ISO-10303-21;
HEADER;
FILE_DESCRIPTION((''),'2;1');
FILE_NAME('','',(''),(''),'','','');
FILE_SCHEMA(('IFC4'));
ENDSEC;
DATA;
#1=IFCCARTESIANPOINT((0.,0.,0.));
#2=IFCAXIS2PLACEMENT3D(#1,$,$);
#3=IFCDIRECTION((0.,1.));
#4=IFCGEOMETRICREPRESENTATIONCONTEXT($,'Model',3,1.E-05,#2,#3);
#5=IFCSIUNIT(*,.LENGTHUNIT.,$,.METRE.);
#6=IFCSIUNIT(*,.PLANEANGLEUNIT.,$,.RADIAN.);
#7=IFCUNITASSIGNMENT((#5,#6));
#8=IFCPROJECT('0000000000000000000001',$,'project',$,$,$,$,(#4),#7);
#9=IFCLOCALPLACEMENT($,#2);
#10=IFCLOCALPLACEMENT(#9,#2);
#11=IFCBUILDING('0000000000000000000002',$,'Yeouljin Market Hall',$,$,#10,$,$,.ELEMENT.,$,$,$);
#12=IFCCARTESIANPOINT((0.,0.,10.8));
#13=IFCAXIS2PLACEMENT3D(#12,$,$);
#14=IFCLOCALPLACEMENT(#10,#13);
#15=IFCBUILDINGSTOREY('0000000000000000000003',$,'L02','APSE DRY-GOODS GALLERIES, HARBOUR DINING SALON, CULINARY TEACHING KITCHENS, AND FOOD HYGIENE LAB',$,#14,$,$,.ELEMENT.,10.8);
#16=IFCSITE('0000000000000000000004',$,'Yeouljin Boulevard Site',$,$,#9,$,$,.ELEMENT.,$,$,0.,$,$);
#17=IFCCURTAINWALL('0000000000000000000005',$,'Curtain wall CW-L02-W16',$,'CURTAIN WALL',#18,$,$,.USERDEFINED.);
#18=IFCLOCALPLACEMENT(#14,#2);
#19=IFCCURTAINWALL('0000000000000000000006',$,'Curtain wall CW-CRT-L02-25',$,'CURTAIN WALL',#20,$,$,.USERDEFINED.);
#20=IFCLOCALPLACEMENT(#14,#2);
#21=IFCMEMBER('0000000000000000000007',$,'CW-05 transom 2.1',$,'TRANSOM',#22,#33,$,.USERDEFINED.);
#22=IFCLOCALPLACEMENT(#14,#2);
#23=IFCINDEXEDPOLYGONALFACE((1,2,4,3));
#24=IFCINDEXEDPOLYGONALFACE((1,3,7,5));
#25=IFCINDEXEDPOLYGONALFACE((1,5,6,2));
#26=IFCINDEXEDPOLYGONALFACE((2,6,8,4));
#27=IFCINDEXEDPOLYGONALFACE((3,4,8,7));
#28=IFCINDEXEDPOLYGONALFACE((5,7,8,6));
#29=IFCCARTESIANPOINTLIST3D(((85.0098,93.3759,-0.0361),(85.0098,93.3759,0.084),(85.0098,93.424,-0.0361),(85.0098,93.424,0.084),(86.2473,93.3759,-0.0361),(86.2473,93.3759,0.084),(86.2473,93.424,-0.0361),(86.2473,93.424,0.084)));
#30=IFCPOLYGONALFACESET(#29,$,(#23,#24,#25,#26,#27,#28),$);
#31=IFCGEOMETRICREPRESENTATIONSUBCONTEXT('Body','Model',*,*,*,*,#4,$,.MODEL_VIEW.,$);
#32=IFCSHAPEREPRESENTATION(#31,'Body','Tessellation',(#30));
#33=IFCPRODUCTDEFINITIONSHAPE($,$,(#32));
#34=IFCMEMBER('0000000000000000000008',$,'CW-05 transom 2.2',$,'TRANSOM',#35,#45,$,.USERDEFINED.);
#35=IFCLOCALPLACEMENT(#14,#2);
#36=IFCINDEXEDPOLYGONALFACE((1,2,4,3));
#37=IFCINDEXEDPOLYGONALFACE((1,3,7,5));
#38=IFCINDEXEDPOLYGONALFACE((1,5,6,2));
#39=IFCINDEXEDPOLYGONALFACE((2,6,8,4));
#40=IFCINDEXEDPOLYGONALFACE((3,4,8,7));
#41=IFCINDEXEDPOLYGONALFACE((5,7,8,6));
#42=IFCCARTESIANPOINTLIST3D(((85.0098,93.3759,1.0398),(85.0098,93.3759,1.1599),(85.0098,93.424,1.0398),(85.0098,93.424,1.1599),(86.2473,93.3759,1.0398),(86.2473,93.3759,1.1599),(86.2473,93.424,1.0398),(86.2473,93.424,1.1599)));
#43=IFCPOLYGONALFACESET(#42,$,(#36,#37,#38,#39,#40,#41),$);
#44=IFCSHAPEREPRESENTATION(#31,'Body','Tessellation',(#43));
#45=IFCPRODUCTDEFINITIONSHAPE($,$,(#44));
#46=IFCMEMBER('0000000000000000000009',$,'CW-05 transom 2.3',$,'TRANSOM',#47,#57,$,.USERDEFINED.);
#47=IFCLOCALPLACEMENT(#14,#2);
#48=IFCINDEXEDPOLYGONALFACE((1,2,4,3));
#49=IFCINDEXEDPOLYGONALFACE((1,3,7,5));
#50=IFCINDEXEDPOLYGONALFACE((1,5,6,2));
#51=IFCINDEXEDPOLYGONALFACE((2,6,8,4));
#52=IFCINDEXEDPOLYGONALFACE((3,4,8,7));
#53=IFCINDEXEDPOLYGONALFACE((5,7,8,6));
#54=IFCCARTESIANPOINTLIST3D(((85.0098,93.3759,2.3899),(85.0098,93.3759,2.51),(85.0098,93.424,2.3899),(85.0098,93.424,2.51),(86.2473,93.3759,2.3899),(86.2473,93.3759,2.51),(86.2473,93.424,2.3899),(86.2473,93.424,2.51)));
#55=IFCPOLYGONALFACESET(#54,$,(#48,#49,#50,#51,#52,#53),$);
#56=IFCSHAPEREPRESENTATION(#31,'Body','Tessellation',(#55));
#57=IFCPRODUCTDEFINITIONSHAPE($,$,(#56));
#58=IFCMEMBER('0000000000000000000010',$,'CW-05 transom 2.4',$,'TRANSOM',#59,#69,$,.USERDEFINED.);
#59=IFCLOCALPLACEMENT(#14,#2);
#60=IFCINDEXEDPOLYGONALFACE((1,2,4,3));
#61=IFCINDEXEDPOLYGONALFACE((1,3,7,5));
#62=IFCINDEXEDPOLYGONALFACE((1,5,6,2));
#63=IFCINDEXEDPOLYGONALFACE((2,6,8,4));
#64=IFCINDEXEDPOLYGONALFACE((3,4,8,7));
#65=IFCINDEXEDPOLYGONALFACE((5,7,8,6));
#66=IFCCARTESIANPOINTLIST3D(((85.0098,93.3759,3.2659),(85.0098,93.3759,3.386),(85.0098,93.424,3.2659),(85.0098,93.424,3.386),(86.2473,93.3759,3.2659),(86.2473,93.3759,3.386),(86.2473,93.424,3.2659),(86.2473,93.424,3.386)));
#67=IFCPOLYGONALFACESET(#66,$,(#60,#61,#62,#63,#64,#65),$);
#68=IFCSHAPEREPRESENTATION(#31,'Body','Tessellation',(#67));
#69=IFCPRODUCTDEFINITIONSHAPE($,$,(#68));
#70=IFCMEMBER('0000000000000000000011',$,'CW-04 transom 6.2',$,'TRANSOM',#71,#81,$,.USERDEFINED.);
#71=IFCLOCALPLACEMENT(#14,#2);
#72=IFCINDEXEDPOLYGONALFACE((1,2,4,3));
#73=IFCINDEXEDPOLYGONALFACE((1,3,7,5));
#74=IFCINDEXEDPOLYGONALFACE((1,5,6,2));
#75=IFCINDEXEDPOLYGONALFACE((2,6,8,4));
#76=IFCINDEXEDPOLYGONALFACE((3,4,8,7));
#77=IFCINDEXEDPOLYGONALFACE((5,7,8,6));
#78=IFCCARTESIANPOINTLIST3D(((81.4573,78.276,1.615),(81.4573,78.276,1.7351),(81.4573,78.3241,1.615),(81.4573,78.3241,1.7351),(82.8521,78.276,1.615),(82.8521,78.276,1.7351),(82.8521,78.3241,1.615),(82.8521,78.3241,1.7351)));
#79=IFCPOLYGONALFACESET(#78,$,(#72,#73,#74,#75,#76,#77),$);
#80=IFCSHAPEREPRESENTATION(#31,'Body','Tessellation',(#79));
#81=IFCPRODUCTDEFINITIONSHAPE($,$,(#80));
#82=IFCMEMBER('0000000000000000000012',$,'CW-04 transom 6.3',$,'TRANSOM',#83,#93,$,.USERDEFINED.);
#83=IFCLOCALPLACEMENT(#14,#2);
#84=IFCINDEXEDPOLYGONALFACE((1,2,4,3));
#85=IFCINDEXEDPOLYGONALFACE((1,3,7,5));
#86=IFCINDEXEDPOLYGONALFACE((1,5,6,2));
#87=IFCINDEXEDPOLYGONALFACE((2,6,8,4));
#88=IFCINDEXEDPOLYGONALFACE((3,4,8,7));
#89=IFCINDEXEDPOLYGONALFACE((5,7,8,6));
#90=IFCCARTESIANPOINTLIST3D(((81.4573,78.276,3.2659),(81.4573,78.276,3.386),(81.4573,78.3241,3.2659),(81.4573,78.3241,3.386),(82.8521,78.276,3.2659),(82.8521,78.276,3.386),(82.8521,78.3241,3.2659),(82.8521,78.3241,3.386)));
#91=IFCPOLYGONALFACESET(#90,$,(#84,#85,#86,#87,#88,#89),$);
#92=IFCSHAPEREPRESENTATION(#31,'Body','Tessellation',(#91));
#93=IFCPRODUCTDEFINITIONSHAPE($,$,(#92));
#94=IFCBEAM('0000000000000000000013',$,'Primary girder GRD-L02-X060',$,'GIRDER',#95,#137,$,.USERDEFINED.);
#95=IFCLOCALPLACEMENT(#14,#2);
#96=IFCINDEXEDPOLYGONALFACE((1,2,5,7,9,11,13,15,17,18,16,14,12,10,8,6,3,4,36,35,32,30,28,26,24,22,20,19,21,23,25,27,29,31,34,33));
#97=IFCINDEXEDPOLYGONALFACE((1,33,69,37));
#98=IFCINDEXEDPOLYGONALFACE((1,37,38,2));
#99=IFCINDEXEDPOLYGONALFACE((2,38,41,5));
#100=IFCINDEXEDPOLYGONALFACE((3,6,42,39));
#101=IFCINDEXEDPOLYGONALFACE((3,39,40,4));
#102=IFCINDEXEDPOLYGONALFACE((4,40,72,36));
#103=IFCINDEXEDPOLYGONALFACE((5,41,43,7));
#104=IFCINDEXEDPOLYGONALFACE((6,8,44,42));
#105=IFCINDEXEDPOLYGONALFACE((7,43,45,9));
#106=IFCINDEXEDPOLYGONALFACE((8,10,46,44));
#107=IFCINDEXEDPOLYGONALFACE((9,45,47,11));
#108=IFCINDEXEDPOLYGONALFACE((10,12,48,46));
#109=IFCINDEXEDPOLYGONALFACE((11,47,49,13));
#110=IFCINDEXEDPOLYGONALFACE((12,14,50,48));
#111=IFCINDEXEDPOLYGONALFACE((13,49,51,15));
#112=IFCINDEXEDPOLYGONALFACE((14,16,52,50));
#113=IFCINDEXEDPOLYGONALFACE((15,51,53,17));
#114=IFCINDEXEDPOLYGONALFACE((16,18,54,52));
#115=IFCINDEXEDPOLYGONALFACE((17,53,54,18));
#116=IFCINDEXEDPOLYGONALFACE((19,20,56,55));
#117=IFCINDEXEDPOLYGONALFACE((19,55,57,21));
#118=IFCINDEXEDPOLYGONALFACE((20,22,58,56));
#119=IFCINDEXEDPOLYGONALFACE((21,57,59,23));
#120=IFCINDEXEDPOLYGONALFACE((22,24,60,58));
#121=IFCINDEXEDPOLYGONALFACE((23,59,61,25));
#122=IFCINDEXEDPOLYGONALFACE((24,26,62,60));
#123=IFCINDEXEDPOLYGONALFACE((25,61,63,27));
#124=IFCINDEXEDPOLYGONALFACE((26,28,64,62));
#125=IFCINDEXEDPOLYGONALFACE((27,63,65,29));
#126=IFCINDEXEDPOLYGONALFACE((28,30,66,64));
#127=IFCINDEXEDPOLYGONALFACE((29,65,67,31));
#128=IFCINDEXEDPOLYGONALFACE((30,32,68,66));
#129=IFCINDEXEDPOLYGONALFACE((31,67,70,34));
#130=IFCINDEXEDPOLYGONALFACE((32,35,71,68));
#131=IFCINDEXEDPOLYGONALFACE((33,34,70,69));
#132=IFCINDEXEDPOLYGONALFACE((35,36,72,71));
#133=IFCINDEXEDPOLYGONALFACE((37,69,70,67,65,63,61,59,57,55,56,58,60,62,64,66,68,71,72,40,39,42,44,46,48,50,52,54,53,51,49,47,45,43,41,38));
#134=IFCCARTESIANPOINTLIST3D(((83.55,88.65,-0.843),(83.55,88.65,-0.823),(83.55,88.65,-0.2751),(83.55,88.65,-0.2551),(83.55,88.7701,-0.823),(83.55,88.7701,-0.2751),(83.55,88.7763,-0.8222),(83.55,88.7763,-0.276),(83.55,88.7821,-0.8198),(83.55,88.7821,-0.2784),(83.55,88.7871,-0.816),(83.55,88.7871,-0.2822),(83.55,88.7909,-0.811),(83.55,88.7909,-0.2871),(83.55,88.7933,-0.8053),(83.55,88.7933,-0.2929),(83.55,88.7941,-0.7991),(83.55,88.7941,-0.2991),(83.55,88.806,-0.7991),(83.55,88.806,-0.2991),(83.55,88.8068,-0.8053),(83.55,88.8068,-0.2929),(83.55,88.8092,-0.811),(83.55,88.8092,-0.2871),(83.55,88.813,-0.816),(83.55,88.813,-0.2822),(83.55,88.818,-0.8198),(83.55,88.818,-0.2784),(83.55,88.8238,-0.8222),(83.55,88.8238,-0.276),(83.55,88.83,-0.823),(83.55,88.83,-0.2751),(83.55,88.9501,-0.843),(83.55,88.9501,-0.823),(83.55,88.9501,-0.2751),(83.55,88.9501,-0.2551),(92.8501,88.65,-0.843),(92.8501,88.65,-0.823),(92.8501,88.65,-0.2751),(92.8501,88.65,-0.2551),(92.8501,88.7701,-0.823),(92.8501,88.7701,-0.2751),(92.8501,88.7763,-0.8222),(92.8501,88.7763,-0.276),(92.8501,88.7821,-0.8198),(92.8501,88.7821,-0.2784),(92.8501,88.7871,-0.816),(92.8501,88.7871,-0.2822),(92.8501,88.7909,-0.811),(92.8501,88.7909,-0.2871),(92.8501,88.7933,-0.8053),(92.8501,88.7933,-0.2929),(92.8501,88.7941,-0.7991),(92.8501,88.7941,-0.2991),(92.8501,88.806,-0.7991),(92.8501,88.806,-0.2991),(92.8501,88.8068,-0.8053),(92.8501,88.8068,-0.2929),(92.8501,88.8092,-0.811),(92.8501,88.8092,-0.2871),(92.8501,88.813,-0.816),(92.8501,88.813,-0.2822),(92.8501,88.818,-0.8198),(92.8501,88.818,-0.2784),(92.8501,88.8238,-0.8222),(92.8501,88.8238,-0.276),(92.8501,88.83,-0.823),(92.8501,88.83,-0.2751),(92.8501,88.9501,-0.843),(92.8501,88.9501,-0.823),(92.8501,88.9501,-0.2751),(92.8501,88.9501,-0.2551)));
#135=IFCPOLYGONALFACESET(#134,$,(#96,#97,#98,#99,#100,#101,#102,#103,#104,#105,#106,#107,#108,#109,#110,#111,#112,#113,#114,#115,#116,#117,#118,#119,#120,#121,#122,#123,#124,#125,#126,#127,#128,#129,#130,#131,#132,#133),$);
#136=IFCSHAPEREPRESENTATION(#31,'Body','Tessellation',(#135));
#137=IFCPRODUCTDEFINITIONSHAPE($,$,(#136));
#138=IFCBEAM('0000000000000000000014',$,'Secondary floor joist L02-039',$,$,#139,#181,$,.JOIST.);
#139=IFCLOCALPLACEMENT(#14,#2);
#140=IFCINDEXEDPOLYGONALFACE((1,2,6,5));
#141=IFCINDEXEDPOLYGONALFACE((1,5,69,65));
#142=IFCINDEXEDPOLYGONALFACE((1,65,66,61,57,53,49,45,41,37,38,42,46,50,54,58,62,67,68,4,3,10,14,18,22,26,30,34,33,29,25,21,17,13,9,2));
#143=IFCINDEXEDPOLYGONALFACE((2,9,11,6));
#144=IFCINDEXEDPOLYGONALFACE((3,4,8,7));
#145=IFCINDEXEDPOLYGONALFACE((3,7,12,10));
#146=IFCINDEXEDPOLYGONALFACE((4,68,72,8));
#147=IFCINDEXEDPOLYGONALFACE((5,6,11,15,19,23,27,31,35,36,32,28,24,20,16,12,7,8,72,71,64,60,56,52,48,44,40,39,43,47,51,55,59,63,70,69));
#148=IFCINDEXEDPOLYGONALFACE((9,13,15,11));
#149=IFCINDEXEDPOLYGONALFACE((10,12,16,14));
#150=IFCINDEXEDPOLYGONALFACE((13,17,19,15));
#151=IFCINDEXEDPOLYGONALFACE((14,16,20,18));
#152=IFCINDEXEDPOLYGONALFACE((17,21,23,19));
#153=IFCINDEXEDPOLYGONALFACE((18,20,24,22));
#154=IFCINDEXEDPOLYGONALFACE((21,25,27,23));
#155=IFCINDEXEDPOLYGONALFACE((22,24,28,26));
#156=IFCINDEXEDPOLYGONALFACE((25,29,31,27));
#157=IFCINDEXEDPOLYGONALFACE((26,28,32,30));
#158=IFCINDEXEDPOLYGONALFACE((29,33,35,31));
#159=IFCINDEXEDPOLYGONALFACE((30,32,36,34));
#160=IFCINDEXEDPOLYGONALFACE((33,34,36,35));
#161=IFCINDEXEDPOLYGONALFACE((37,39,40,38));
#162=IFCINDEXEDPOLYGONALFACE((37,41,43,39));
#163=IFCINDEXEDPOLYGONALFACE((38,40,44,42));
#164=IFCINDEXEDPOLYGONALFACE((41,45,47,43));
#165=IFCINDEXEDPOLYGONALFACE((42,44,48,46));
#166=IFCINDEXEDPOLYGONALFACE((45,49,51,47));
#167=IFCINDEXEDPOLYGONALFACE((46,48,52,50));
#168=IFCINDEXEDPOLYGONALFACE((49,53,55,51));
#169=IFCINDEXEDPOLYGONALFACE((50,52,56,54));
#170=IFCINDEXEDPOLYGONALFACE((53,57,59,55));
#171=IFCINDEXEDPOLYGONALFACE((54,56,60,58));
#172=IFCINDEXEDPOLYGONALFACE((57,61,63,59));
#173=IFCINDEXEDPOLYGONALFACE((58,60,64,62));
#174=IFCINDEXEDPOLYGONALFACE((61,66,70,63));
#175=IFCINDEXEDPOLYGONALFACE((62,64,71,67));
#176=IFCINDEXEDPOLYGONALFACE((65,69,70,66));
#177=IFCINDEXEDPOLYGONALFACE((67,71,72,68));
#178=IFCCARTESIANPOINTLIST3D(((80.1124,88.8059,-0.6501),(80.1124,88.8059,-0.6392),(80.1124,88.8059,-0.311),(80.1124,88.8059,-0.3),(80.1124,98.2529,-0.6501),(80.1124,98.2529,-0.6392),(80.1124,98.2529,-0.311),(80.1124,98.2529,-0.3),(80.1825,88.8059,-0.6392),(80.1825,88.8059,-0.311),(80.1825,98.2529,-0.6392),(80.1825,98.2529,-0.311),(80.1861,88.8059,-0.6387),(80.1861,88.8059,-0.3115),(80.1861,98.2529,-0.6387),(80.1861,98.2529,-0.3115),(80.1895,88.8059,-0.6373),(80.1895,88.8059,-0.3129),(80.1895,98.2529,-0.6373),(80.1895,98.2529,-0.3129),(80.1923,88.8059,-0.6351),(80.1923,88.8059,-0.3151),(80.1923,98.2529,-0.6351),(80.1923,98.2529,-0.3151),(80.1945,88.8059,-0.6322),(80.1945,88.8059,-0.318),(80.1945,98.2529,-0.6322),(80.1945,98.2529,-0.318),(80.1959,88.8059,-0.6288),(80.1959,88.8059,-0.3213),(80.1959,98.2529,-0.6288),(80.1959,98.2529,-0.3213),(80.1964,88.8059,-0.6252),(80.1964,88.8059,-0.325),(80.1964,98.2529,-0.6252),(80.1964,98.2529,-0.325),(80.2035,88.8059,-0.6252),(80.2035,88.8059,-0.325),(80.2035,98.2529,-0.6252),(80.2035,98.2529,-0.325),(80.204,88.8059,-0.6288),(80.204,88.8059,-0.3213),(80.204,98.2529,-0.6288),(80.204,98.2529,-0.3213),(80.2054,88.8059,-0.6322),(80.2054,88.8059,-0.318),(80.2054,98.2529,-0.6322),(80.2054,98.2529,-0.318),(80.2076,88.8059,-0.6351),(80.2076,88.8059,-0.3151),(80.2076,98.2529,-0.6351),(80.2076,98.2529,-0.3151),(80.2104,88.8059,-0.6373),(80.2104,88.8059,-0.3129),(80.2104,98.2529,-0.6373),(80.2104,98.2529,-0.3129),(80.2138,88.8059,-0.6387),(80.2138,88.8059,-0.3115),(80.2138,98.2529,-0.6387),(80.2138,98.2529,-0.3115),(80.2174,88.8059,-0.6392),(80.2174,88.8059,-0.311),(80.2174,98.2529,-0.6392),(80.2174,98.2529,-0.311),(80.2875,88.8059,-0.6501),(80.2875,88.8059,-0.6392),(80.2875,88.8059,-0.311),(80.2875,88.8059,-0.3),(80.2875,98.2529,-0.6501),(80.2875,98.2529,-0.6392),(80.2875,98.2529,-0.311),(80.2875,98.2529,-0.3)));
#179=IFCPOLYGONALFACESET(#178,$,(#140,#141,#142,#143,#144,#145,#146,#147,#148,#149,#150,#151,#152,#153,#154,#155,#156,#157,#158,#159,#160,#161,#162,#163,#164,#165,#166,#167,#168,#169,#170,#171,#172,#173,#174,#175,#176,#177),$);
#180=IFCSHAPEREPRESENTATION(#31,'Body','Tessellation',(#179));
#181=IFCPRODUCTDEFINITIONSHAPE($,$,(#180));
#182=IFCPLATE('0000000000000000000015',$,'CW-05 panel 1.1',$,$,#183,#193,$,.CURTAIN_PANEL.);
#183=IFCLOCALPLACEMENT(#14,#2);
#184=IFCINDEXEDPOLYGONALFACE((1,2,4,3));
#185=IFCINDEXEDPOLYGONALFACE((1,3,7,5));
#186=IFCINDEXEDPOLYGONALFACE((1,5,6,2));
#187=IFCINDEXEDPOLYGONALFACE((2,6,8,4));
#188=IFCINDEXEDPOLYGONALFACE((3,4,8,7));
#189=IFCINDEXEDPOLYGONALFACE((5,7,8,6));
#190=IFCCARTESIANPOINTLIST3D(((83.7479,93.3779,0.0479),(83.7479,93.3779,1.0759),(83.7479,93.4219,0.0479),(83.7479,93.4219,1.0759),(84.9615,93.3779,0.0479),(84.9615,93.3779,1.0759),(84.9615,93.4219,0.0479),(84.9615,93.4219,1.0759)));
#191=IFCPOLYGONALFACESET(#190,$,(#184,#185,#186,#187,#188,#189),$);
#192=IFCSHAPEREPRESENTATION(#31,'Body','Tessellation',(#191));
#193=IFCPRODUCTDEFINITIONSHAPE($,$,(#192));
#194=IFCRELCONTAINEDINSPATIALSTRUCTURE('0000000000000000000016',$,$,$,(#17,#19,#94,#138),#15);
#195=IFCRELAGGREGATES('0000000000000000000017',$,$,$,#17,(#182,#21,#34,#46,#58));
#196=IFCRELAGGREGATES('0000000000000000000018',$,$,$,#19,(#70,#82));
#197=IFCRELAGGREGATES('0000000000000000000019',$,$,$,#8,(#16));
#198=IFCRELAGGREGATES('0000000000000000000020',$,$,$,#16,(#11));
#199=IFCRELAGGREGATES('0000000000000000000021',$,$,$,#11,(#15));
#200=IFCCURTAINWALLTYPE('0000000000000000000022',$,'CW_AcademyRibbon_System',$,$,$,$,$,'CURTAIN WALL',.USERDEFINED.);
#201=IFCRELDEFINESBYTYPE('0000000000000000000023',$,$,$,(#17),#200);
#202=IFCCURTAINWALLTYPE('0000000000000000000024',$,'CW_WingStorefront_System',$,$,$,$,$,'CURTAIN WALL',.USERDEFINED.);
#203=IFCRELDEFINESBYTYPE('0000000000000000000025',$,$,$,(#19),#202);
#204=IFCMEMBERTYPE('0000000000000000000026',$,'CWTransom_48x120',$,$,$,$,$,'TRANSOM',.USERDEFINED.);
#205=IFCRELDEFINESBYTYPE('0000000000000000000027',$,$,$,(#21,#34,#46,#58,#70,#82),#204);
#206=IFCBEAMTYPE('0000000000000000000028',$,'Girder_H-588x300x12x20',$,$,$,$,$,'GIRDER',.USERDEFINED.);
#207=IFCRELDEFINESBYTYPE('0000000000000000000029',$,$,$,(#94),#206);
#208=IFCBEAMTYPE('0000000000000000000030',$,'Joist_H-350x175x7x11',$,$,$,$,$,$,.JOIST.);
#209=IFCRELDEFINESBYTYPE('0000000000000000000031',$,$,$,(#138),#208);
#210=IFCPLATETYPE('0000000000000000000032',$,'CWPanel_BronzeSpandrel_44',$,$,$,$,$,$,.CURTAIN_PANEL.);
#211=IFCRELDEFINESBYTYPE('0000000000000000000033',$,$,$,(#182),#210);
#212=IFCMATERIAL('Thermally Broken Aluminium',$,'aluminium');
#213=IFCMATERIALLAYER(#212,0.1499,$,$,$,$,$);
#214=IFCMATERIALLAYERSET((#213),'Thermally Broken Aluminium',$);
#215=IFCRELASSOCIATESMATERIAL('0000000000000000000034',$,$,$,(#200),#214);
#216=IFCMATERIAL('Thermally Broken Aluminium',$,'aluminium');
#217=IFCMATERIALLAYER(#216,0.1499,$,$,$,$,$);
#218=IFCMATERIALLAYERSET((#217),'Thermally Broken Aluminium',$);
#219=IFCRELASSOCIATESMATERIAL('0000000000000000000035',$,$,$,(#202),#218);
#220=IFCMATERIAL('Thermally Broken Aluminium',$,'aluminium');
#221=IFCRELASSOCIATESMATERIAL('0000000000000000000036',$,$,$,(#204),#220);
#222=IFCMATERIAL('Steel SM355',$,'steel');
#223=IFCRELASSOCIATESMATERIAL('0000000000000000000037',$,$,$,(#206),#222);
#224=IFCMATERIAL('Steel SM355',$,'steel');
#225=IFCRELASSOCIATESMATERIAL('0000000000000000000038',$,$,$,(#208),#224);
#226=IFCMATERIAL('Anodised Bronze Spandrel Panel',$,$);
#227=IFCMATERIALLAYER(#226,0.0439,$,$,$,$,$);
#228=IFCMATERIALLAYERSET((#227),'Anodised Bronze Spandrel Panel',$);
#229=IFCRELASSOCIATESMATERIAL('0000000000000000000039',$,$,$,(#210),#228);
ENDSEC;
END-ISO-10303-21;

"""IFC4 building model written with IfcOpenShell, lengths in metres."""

from ifc_helpers import new_model, si_unit, direction, frame, origin, origin_2d, place, context, subcontext, project, spatial, rectangle, i_section, extrude, material, layer, layer_set, material_profile, profile_set, type_object, element, aggregate, save


model = new_model("IFC4")

# Units and contexts
model_context = context("Model", 3, precision=1e-05, world=origin(), true_north=direction((0.0, 1.0)))
body_context = subcontext(model_context, "Body", "Model", "MODEL_VIEW")
ifc_project = project(units=[si_unit("LENGTHUNIT", "METRE"), si_unit("PLANEANGLEUNIT", "RADIAN")], contexts=[model_context])

# Site, building, storey
site_placement = place(None, origin())
site = spatial("IfcSite", under=ifc_project, at=site_placement, Name="Yeouljin Boulevard Site", CompositionType="ELEMENT", RefElevation=0.0)
building_placement = place(site_placement, origin())
building = spatial("IfcBuilding", under=site, at=building_placement, Name="Yeouljin Market Hall", CompositionType="ELEMENT")
storey_placement = place(building_placement, frame((0.0, 0.0, 10.8)))
storey = spatial("IfcBuildingStorey", under=building, at=storey_placement, Name="L02", Description="APSE DRY-GOODS GALLERIES, HARBOUR DINING SALON, CULINARY TEACHING KITCHENS, AND FOOD HYGIENE LAB", CompositionType="ELEMENT", Elevation=10.8)

# Curtain wall
ifc_material_1 = material(Name="Thermally Broken Aluminium", Category="aluminium")
ifc_layer_1 = layer(ifc_material_1, 0.1499)
ifc_layer_set_1 = layer_set([ifc_layer_1], Name="Thermally Broken Aluminium")
curtain_wall_type_1 = type_object("IfcCurtainWallType", Name="CW_AcademyRibbon_System", ElementType="CURTAIN WALL", PredefinedType="USERDEFINED", material=ifc_layer_set_1)
curtain_wall_1_placement = place(storey_placement, origin())
curtain_wall_1 = element("IfcCurtainWall", 1, at=curtain_wall_1_placement, inside=storey, type_object=curtain_wall_type_1, Name="Curtain wall CW-L02-W16", ObjectType="CURTAIN WALL", PredefinedType="USERDEFINED")

# Curtain wall
ifc_material_2 = material(Name="Thermally Broken Aluminium", Category="aluminium")
ifc_layer_2 = layer(ifc_material_2, 0.1499)
ifc_layer_set_2 = layer_set([ifc_layer_2], Name="Thermally Broken Aluminium")
curtain_wall_type_2 = type_object("IfcCurtainWallType", Name="CW_WingStorefront_System", ElementType="CURTAIN WALL", PredefinedType="USERDEFINED", material=ifc_layer_set_2)
curtain_wall_2_placement = place(storey_placement, origin())
curtain_wall_2 = element("IfcCurtainWall", 2, at=curtain_wall_2_placement, inside=storey, type_object=curtain_wall_type_2, Name="Curtain wall CW-CRT-L02-25", ObjectType="CURTAIN WALL", PredefinedType="USERDEFINED")

# Members
ifc_material_3 = material(Name="Thermally Broken Aluminium", Category="aluminium")
ifc_material_profile_1 = material_profile(ifc_material_3, rectangle(XDim=0.0481, YDim=0.1201, at=origin_2d()), Name="CW-TRAN-48x120")
ifc_profile_set_1 = profile_set([ifc_material_profile_1], Name="Thermally Broken Aluminium")
member_type_1 = type_object("IfcMemberType", Name="CWTransom_48x120", ElementType="TRANSOM", PredefinedType="USERDEFINED", material=ifc_profile_set_1)
member_1_placement = place(storey_placement, frame((85.0098, 93.3999, 0.0239), z_axis=(1.0, 0.0, 0.0), x_axis=(0.0, 1.0, 0.0)))
member_1 = element("IfcMember", 3, at=member_1_placement, type_object=member_type_1, Name="CW-05 transom 2.1", ObjectType="TRANSOM", PredefinedType="USERDEFINED", context=body_context, shape_type="SweptSolid", body=[
    extrude(rectangle(XDim=0.0481, YDim=0.1201, at=origin_2d()), origin(), (0.0, 0.0, 1.0), 1.2375),
])
member_2_placement = place(storey_placement, frame((85.0098, 93.3999, 1.0999), z_axis=(1.0, 0.0, 0.0), x_axis=(0.0, 1.0, 0.0)))
member_2 = element("IfcMember", 4, at=member_2_placement, type_object=member_type_1, Name="CW-05 transom 2.2", ObjectType="TRANSOM", PredefinedType="USERDEFINED", context=body_context, shape_type="SweptSolid", body=[
    extrude(rectangle(XDim=0.0481, YDim=0.1201, at=origin_2d()), origin(), (0.0, 0.0, 1.0), 1.2375),
])
member_3_placement = place(storey_placement, frame((85.0098, 93.3999, 2.45), z_axis=(1.0, 0.0, 0.0), x_axis=(0.0, 1.0, 0.0)))
member_3 = element("IfcMember", 5, at=member_3_placement, type_object=member_type_1, Name="CW-05 transom 2.3", ObjectType="TRANSOM", PredefinedType="USERDEFINED", context=body_context, shape_type="SweptSolid", body=[
    extrude(rectangle(XDim=0.0481, YDim=0.1201, at=origin_2d()), origin(), (0.0, 0.0, 1.0), 1.2375),
])
member_4_placement = place(storey_placement, frame((85.0098, 93.3999, 3.3259), z_axis=(1.0, 0.0, 0.0), x_axis=(0.0, 1.0, 0.0)))
member_4 = element("IfcMember", 6, at=member_4_placement, type_object=member_type_1, Name="CW-05 transom 2.4", ObjectType="TRANSOM", PredefinedType="USERDEFINED", context=body_context, shape_type="SweptSolid", body=[
    extrude(rectangle(XDim=0.0481, YDim=0.1201, at=origin_2d()), origin(), (0.0, 0.0, 1.0), 1.2375),
])
member_5_placement = place(storey_placement, frame((81.4573, 78.3, 1.675), z_axis=(1.0, 0.0, 0.0), x_axis=(0.0, 1.0, 0.0)))
member_5 = element("IfcMember", 7, at=member_5_placement, type_object=member_type_1, Name="CW-04 transom 6.2", ObjectType="TRANSOM", PredefinedType="USERDEFINED", context=body_context, shape_type="SweptSolid", body=[
    extrude(rectangle(XDim=0.0481, YDim=0.1201, at=origin_2d()), origin(), (0.0, 0.0, 1.0), 1.3948),
])
member_6_placement = place(storey_placement, frame((81.4573, 78.3, 3.3259), z_axis=(1.0, 0.0, 0.0), x_axis=(0.0, 1.0, 0.0)))
member_6 = element("IfcMember", 8, at=member_6_placement, type_object=member_type_1, Name="CW-04 transom 6.3", ObjectType="TRANSOM", PredefinedType="USERDEFINED", context=body_context, shape_type="SweptSolid", body=[
    extrude(rectangle(XDim=0.0481, YDim=0.1201, at=origin_2d()), origin(), (0.0, 0.0, 1.0), 1.3948),
])

# Beams
ifc_material_4 = material(Name="Steel SM355", Category="steel")
ifc_material_profile_2 = material_profile(ifc_material_4, i_section(OverallWidth=0.3, OverallDepth=0.5879, WebThickness=0.012, FlangeThickness=0.02, FilletRadius=0.0239, at=origin_2d()), Name="H-588x300x12x20")
ifc_profile_set_2 = profile_set([ifc_material_profile_2], Name="Steel SM355")
beam_type_1 = type_object("IfcBeamType", Name="Girder_H-588x300x12x20", ElementType="GIRDER", PredefinedType="USERDEFINED", material=ifc_profile_set_2)
beam_1_placement = place(storey_placement, frame((83.55, 88.8, -0.5491), z_axis=(1.0, 0.0, 0.0), x_axis=(0.0, 1.0, 0.0)))
element("IfcBeam", 9, at=beam_1_placement, inside=storey, type_object=beam_type_1, Name="Primary girder GRD-L02-X060", ObjectType="GIRDER", PredefinedType="USERDEFINED", context=body_context, shape_type="SweptSolid", body=[
    extrude(i_section(OverallWidth=0.3, OverallDepth=0.5879, WebThickness=0.012, FlangeThickness=0.02, FilletRadius=0.0239, at=origin_2d()), origin(), (0.0, 0.0, 1.0), 9.3),
])
ifc_material_5 = material(Name="Steel SM355", Category="steel")
ifc_material_profile_3 = material_profile(ifc_material_5, i_section(OverallWidth=0.175, OverallDepth=0.3501, WebThickness=0.0071, FlangeThickness=0.011, FilletRadius=0.0139, at=origin_2d()), Name="H-350x175x7x11")
ifc_profile_set_3 = profile_set([ifc_material_profile_3], Name="Steel SM355")
beam_type_2 = type_object("IfcBeamType", Name="Joist_H-350x175x7x11", PredefinedType="JOIST", material=ifc_profile_set_3)
beam_2_placement = place(storey_placement, frame((80.2, 88.8059, -0.4751), z_axis=(0.0, 1.0, 0.0), x_axis=(-1.0, 0.0, 0.0)))
element("IfcBeam", 10, at=beam_2_placement, inside=storey, type_object=beam_type_2, Name="Secondary floor joist L02-039", PredefinedType="JOIST", context=body_context, shape_type="SweptSolid", body=[
    extrude(i_section(OverallWidth=0.175, OverallDepth=0.3501, WebThickness=0.0071, FlangeThickness=0.011, FilletRadius=0.0139, at=origin_2d()), origin(), (0.0, 0.0, 1.0), 9.447),
])

# Plate
ifc_material_6 = material(Name="Anodised Bronze Spandrel Panel")
ifc_layer_3 = layer(ifc_material_6, 0.0439)
ifc_layer_set_3 = layer_set([ifc_layer_3], Name="Anodised Bronze Spandrel Panel")
plate_type_1 = type_object("IfcPlateType", Name="CWPanel_BronzeSpandrel_44", PredefinedType="CURTAIN_PANEL", material=ifc_layer_set_3)
plate_1_placement = place(storey_placement, frame((84.3547, 93.3999, 0.0479), z_axis=(0.0, 0.0, 1.0), x_axis=(1.0, 0.0, 0.0)))
plate_1 = element("IfcPlate", 11, at=plate_1_placement, type_object=plate_type_1, Name="CW-05 panel 1.1", PredefinedType="CURTAIN_PANEL", context=body_context, shape_type="SweptSolid", body=[
    extrude(rectangle(XDim=1.2136, YDim=0.0439, at=origin_2d()), origin(), (0.0, 0.0, 1.0), 1.0281),
])
aggregate(curtain_wall_1, [plate_1, member_1, member_2, member_3, member_4])
aggregate(curtain_wall_2, [member_5, member_6])

save(model, "model.ifc")
